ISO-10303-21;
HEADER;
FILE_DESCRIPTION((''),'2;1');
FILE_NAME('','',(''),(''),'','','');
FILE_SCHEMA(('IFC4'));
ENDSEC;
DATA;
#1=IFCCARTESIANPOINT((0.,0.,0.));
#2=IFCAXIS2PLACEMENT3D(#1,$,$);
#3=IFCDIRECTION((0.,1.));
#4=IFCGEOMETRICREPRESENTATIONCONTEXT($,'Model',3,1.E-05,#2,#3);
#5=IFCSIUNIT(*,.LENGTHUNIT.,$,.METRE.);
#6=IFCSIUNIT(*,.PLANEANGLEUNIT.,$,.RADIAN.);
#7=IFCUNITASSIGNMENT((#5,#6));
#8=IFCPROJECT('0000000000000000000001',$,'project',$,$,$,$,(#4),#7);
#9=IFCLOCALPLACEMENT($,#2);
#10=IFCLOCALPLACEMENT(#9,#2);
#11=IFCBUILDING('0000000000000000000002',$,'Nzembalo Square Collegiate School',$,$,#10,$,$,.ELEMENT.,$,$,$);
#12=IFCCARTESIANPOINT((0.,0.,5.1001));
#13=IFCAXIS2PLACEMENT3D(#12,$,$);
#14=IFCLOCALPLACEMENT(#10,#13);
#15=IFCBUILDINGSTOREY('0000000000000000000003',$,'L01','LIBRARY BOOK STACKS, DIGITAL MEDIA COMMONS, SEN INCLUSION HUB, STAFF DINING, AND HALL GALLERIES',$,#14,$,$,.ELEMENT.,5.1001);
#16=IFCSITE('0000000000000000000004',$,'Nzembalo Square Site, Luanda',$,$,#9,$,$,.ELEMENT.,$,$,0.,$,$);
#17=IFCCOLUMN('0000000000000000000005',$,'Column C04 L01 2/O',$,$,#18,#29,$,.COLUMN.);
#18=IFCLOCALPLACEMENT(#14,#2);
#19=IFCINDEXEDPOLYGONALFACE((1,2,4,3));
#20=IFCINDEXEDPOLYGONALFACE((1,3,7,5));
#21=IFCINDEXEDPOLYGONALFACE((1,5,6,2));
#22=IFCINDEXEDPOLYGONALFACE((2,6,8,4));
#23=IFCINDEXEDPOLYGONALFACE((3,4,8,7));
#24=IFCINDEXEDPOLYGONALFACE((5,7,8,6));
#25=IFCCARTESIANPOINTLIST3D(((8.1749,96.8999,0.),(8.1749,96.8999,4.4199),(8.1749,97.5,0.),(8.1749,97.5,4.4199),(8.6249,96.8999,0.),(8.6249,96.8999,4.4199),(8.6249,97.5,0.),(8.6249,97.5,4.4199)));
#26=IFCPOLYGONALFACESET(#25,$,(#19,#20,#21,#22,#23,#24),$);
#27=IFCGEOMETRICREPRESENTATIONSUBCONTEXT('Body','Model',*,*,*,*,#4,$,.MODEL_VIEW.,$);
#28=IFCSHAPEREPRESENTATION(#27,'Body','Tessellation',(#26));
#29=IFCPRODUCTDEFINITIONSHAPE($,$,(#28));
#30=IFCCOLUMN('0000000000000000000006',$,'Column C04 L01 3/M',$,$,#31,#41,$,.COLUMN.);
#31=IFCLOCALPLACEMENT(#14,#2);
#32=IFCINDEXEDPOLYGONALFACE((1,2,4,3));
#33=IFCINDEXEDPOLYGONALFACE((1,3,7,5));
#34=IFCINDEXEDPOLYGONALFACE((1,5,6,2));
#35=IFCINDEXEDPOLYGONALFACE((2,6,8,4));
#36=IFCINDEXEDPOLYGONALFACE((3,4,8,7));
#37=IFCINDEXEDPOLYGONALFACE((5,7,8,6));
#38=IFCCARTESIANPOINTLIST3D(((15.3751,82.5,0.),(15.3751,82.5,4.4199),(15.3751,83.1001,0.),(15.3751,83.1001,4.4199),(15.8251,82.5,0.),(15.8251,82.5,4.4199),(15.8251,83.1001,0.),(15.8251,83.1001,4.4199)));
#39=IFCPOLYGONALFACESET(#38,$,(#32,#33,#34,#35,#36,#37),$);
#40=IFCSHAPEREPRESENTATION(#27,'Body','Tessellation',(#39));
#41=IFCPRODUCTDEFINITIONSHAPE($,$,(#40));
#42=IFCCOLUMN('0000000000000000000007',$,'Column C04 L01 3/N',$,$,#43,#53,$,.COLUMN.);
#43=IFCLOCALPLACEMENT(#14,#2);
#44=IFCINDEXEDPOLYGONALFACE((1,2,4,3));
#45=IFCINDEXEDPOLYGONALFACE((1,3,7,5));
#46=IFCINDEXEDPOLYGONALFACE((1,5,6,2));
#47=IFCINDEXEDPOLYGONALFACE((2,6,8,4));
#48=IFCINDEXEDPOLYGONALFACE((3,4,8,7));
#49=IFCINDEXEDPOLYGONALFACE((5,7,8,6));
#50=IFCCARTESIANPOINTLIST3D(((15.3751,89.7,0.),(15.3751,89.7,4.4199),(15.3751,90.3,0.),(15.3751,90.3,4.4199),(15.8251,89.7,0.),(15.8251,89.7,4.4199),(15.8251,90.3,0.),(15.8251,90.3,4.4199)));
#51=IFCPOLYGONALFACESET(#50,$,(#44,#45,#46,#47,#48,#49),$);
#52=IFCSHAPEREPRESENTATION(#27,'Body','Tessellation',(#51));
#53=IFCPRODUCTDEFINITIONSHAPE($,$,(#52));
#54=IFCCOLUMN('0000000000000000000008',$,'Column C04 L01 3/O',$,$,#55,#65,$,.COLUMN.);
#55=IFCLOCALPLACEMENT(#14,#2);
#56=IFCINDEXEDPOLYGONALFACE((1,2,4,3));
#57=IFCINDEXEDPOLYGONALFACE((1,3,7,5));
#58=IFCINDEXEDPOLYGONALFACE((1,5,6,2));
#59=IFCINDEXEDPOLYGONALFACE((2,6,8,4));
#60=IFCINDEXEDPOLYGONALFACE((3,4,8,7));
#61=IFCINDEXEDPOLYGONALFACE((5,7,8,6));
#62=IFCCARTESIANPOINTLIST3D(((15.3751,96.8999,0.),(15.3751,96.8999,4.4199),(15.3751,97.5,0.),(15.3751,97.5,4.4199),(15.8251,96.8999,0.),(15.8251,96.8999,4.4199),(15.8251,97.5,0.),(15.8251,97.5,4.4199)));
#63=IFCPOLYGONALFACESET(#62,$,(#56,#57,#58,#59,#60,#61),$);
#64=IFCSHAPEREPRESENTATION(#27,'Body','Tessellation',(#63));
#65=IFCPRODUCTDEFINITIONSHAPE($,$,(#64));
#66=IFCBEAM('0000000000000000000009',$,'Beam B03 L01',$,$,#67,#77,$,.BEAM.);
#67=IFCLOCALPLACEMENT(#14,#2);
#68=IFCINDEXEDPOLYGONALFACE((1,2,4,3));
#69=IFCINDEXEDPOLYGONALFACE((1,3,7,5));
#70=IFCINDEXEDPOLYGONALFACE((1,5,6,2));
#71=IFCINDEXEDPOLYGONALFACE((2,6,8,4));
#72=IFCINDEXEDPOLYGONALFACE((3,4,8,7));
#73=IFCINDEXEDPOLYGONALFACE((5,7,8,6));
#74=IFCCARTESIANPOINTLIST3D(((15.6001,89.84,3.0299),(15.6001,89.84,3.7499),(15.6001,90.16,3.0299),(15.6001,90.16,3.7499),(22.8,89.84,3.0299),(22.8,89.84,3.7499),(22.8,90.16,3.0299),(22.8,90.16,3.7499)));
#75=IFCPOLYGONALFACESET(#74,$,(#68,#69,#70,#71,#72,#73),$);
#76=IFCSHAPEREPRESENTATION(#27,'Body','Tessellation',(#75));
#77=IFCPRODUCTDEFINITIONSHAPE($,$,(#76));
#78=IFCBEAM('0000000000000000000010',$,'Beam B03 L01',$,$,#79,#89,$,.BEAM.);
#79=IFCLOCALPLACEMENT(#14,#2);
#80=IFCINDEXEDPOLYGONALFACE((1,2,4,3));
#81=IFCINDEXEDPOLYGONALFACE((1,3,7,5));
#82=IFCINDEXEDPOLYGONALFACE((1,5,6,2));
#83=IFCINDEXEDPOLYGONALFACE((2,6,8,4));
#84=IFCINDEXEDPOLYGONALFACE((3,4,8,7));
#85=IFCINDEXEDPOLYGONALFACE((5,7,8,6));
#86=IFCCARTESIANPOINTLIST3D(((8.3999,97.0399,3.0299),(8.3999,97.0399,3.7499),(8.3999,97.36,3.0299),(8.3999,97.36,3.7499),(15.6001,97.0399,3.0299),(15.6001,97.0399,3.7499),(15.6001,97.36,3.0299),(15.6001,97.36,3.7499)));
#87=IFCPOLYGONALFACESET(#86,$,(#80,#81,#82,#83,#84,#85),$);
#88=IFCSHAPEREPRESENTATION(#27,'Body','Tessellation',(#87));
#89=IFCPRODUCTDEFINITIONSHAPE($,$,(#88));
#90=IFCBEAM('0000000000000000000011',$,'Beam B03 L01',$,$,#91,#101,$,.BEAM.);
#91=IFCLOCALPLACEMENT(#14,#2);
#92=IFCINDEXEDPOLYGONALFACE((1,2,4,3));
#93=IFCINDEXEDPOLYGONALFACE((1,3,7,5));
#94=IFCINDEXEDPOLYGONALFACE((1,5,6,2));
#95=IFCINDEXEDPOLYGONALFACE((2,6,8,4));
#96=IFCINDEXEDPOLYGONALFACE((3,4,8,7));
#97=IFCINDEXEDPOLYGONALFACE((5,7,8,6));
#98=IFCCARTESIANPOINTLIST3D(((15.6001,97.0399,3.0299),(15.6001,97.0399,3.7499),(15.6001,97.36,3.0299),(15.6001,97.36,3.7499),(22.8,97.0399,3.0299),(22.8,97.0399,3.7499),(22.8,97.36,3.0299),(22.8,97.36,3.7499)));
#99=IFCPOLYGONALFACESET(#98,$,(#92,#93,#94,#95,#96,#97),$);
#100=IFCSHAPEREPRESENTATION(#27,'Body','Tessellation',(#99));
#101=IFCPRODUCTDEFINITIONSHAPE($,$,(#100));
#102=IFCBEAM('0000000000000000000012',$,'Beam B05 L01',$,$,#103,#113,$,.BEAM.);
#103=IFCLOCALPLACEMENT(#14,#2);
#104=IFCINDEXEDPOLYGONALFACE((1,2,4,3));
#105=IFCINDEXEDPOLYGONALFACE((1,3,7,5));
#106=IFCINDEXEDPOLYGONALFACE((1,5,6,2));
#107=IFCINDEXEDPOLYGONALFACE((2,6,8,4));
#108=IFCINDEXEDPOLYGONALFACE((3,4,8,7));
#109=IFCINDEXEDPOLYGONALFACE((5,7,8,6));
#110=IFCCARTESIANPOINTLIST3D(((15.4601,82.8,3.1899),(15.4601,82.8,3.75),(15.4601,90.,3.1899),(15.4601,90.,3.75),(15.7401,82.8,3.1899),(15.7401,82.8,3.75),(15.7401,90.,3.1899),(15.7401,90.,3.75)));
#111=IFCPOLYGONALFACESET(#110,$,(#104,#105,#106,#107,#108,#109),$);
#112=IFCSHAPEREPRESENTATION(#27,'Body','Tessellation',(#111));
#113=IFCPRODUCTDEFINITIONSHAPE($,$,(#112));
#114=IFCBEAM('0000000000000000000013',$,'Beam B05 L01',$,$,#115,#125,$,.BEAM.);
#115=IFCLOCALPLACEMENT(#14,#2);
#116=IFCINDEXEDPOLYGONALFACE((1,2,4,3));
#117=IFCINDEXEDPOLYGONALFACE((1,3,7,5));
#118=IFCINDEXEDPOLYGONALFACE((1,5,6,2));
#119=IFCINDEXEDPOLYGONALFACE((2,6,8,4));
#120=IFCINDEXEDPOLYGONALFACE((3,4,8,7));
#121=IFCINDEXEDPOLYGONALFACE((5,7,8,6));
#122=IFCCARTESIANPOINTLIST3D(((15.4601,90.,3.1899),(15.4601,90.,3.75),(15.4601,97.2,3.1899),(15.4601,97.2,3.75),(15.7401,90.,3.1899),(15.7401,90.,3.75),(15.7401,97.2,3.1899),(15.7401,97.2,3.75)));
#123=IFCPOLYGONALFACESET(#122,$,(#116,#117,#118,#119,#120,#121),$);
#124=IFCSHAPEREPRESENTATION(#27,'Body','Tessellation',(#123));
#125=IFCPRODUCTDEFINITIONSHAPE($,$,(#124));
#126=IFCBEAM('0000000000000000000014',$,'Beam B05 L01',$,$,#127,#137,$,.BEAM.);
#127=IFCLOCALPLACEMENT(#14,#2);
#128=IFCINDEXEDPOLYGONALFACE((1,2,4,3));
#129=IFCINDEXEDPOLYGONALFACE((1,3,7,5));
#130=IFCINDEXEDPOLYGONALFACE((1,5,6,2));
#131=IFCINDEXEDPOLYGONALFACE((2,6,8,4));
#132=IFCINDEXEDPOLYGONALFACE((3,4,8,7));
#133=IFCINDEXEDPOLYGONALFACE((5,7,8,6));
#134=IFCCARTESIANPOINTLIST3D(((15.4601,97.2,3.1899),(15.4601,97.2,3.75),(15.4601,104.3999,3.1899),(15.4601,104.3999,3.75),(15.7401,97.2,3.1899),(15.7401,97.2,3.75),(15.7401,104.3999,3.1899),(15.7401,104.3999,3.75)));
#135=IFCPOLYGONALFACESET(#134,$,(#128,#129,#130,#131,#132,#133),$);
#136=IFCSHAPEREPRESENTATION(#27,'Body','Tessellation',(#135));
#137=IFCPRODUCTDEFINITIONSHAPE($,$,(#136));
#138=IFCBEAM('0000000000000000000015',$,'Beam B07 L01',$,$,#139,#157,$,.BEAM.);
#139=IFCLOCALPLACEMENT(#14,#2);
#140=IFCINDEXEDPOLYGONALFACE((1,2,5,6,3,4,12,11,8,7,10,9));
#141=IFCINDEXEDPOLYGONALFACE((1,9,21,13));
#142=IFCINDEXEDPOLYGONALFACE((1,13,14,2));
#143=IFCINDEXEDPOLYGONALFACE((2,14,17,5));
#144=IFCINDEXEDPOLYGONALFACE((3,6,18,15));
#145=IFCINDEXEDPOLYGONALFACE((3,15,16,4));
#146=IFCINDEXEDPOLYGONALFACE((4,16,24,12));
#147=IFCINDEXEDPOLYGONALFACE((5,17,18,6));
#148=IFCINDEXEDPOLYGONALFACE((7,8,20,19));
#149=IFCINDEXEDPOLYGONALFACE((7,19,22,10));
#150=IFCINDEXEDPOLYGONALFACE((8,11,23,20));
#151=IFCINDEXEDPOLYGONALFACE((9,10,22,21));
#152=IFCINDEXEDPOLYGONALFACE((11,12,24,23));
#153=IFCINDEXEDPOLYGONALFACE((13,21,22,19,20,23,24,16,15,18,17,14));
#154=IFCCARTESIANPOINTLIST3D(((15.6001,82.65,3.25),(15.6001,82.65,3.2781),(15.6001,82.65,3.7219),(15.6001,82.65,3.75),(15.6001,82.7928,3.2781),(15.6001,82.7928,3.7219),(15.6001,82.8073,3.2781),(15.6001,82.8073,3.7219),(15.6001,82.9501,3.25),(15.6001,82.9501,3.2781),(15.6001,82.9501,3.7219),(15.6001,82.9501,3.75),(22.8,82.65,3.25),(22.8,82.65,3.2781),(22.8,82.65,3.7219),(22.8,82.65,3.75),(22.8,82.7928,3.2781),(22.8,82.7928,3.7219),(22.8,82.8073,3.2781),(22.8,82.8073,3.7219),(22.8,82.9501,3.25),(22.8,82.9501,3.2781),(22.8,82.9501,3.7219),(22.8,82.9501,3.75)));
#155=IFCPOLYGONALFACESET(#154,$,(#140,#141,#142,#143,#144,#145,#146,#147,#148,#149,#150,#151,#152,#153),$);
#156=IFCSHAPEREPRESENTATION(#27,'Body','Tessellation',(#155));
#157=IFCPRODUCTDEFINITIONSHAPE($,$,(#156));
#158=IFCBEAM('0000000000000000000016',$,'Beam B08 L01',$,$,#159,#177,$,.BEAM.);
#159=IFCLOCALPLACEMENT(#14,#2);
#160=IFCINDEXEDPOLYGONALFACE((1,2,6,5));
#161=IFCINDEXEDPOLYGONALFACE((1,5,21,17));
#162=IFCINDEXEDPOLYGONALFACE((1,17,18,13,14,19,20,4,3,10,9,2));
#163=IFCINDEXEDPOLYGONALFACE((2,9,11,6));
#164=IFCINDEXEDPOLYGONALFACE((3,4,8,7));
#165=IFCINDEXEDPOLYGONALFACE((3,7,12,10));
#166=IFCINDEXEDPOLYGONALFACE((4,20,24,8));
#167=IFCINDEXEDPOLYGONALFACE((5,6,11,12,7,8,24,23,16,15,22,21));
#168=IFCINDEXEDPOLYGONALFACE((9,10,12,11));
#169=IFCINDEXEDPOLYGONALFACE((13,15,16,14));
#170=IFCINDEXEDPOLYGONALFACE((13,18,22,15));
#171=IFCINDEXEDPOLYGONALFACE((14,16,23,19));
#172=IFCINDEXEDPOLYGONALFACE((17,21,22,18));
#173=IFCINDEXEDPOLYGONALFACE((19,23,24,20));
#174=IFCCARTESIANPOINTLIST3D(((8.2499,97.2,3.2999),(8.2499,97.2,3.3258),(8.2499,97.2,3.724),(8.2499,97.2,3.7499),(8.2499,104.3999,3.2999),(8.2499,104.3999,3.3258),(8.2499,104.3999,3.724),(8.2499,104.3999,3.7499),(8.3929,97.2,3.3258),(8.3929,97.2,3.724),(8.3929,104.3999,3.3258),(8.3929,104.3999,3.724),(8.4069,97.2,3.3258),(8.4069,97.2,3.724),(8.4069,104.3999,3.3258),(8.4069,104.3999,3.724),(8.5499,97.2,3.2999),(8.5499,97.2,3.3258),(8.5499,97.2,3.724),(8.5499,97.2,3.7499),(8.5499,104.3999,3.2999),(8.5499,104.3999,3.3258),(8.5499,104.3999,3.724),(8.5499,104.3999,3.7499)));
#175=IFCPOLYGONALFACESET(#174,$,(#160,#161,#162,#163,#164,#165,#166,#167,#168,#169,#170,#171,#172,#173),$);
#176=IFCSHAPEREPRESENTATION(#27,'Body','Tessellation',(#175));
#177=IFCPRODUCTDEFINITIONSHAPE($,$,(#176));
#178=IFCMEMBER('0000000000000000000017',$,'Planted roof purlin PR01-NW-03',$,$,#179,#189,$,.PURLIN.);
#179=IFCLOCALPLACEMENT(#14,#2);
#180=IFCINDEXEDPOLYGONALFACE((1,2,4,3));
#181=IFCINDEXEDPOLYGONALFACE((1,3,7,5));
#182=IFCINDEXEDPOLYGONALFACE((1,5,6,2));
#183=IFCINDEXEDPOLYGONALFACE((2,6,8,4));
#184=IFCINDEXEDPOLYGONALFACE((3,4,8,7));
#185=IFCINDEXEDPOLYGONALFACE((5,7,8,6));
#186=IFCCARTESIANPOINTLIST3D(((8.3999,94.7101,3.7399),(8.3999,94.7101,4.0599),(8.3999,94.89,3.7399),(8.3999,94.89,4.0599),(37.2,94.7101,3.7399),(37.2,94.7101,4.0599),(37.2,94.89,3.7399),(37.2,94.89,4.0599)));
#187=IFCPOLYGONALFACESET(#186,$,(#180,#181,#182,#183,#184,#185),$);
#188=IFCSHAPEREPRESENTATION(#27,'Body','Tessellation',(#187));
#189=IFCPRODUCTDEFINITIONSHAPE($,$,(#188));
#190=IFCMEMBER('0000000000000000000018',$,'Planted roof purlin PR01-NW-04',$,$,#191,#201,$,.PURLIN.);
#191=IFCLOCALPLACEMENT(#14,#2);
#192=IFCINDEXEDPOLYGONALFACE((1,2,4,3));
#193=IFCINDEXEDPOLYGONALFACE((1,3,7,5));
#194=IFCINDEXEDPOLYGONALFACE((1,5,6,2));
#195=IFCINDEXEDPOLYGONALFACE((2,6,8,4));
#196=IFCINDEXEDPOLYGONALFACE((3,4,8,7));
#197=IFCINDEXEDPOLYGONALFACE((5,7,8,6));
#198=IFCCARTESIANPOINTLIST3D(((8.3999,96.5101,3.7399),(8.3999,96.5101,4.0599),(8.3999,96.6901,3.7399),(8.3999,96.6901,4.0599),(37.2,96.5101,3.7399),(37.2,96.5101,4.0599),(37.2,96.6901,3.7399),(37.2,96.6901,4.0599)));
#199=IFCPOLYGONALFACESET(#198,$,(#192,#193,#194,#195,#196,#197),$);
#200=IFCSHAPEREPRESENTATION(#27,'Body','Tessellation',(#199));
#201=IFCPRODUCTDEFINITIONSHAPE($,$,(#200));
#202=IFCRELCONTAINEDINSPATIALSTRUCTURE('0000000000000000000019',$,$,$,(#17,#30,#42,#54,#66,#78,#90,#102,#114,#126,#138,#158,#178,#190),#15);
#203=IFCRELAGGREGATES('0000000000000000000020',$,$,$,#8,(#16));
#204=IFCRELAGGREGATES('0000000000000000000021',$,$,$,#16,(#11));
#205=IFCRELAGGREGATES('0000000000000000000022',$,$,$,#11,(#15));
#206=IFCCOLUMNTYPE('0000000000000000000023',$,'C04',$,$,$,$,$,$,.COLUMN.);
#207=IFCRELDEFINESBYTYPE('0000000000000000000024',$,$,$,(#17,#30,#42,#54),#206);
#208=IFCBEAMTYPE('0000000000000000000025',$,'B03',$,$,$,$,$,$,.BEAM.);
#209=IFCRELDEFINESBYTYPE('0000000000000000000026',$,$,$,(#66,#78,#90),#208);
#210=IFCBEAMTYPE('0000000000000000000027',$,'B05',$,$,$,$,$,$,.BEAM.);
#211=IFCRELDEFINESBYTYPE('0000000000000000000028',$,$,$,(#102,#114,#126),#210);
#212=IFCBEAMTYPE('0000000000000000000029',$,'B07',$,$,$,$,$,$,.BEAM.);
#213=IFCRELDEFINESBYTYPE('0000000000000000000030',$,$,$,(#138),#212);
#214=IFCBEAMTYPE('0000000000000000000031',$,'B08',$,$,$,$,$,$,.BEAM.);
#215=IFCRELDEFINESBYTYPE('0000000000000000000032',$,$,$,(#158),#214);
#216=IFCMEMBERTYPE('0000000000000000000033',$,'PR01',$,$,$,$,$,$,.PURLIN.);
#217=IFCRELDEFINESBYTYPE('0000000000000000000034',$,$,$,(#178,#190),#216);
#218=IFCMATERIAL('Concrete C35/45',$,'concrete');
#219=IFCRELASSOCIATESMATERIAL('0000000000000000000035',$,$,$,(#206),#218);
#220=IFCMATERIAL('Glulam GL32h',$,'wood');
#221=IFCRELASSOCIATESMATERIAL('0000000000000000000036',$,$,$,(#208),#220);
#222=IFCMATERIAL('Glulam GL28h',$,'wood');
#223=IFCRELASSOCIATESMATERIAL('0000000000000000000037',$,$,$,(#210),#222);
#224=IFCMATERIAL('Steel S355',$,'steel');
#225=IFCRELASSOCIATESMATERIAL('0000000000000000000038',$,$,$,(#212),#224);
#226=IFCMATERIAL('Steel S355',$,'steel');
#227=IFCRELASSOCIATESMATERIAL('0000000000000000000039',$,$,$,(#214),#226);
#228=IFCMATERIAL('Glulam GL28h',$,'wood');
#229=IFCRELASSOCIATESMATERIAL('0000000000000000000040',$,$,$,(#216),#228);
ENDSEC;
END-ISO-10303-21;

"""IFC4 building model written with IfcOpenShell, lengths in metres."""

from ifc_helpers import new_model, si_unit, direction, frame, origin, origin_2d, place, context, subcontext, project, spatial, rectangle, i_section, extrude, material, material_profile, profile_set, type_object, element, save


model = new_model("IFC4")

# Units and contexts
model_context = context("Model", 3, precision=1e-05, world=origin(), true_north=direction((0.0, 1.0)))
body_context = subcontext(model_context, "Body", "Model", "MODEL_VIEW")
ifc_project = project(units=[si_unit("LENGTHUNIT", "METRE"), si_unit("PLANEANGLEUNIT", "RADIAN")], contexts=[model_context])

# Site, building, storey
site_placement = place(None, origin())
site = spatial("IfcSite", under=ifc_project, at=site_placement, Name="Nzembalo Square Site, Luanda", CompositionType="ELEMENT", RefElevation=0.0)
building_placement = place(site_placement, origin())
building = spatial("IfcBuilding", under=site, at=building_placement, Name="Nzembalo Square Collegiate School", CompositionType="ELEMENT")
storey_placement = place(building_placement, frame((0.0, 0.0, 5.1001)))
storey = spatial("IfcBuildingStorey", under=building, at=storey_placement, Name="L01", Description="LIBRARY BOOK STACKS, DIGITAL MEDIA COMMONS, SEN INCLUSION HUB, STAFF DINING, AND HALL GALLERIES", CompositionType="ELEMENT", Elevation=5.1001)

# Columns
ifc_material_1 = material(Name="Concrete C35/45", Category="concrete")
ifc_material_profile_1 = material_profile(ifc_material_1, rectangle(XDim=0.45, YDim=0.6001, at=origin_2d()), Name="RC 450x600")
ifc_profile_set_1 = profile_set([ifc_material_profile_1], Name="Concrete C35/45")
column_type = type_object("IfcColumnType", Name="C04", PredefinedType="COLUMN", material=ifc_profile_set_1)
for number, where, z_axis, x_axis, name in (
    (1, (8.3999, 97.2, 0.0), (0.0, 0.0, 1.0), (1.0, 0.0, 0.0), "Column C04 L01 2/O"),
    (2, (15.6001, 82.8, 0.0), (0.0, 0.0, 1.0), (1.0, 0.0, 0.0), "Column C04 L01 3/M"),
    (3, (15.6001, 90.0, 0.0), (0.0, 0.0, 1.0), (1.0, 0.0, 0.0), "Column C04 L01 3/N"),
    (4, (15.6001, 97.2, 0.0), (0.0, 0.0, 1.0), (1.0, 0.0, 0.0), "Column C04 L01 3/O"),
):
    element("IfcColumn", number, at=place(storey_placement, frame(where, z_axis=z_axis, x_axis=x_axis)), inside=storey, type_object=column_type, Name=name, PredefinedType="COLUMN", context=body_context, shape_type="SweptSolid", body=[
        extrude(rectangle(XDim=0.45, YDim=0.6001, at=origin_2d()), origin(), (0.0, 0.0, 1.0), 4.4199),
    ])

# Beams
ifc_material_2 = material(Name="Glulam GL32h", Category="wood")
ifc_material_profile_2 = material_profile(ifc_material_2, rectangle(XDim=0.3201, YDim=0.72, at=origin_2d()), Name="GL32h 320x720")
ifc_profile_set_2 = profile_set([ifc_material_profile_2], Name="Glulam GL32h")
beam_type_1 = type_object("IfcBeamType", Name="B03", PredefinedType="BEAM", material=ifc_profile_set_2)
beam_1_placement = place(storey_placement, frame((15.6001, 90.0, 3.3899), z_axis=(1.0, 0.0, 0.0), x_axis=(0.0, 1.0, 0.0)))
element("IfcBeam", 5, at=beam_1_placement, inside=storey, type_object=beam_type_1, Name="Beam B03 L01", PredefinedType="BEAM", context=body_context, shape_type="SweptSolid", body=[
    extrude(rectangle(XDim=0.3201, YDim=0.72, at=origin_2d()), origin(), (0.0, 0.0, 1.0), 7.2),
])
beam_2_placement = place(storey_placement, frame((8.3999, 97.2, 3.3899), z_axis=(1.0, 0.0, 0.0), x_axis=(0.0, 1.0, 0.0)))
element("IfcBeam", 6, at=beam_2_placement, inside=storey, type_object=beam_type_1, Name="Beam B03 L01", PredefinedType="BEAM", context=body_context, shape_type="SweptSolid", body=[
    extrude(rectangle(XDim=0.3201, YDim=0.72, at=origin_2d()), origin(), (0.0, 0.0, 1.0), 7.2002),
])
beam_3_placement = place(storey_placement, frame((15.6001, 97.2, 3.3899), z_axis=(1.0, 0.0, 0.0), x_axis=(0.0, 1.0, 0.0)))
element("IfcBeam", 7, at=beam_3_placement, inside=storey, type_object=beam_type_1, Name="Beam B03 L01", PredefinedType="BEAM", context=body_context, shape_type="SweptSolid", body=[
    extrude(rectangle(XDim=0.3201, YDim=0.72, at=origin_2d()), origin(), (0.0, 0.0, 1.0), 7.2),
])
ifc_material_3 = material(Name="Glulam GL28h", Category="wood")
ifc_material_profile_3 = material_profile(ifc_material_3, rectangle(XDim=0.28, YDim=0.5601, at=origin_2d()), Name="GL28h 280x560")
ifc_profile_set_3 = profile_set([ifc_material_profile_3], Name="Glulam GL28h")
beam_type_2 = type_object("IfcBeamType", Name="B05", PredefinedType="BEAM", material=ifc_profile_set_3)
for number, where, z_axis, x_axis, name in (
    (8, (15.6001, 82.8, 3.47), (0.0, 1.0, 0.0), (-1.0, 0.0, 0.0), "Beam B05 L01"),
    (9, (15.6001, 90.0, 3.47), (0.0, 1.0, 0.0), (-1.0, 0.0, 0.0), "Beam B05 L01"),
    (10, (15.6001, 97.2, 3.47), (0.0, 1.0, 0.0), (-1.0, 0.0, 0.0), "Beam B05 L01"),
):
    element("IfcBeam", number, at=place(storey_placement, frame(where, z_axis=z_axis, x_axis=x_axis)), inside=storey, type_object=beam_type_2, Name=name, PredefinedType="BEAM", context=body_context, shape_type="SweptSolid", body=[
        extrude(rectangle(XDim=0.28, YDim=0.5601, at=origin_2d()), origin(), (0.0, 0.0, 1.0), 7.2),
    ])
ifc_material_4 = material(Name="Steel S355", Category="steel")
ifc_material_profile_4 = material_profile(ifc_material_4, i_section(OverallWidth=0.3, OverallDepth=0.5, WebThickness=0.0144, FlangeThickness=0.0281, at=origin_2d()), Name="HEB 500")
ifc_profile_set_4 = profile_set([ifc_material_profile_4], Name="Steel S355")
beam_type_3 = type_object("IfcBeamType", Name="B07", PredefinedType="BEAM", material=ifc_profile_set_4)
beam_4_placement = place(storey_placement, frame((15.6001, 82.8, 3.5), z_axis=(1.0, 0.0, 0.0), x_axis=(0.0, 1.0, 0.0)))
element("IfcBeam", 11, at=beam_4_placement, inside=storey, type_object=beam_type_3, Name="Beam B07 L01", PredefinedType="BEAM", context=body_context, shape_type="SweptSolid", body=[
    extrude(i_section(OverallWidth=0.3, OverallDepth=0.5, WebThickness=0.0144, FlangeThickness=0.0281, at=origin_2d()), origin(), (0.0, 0.0, 1.0), 7.2),
])
ifc_material_5 = material(Name="Steel S355", Category="steel")
ifc_material_profile_5 = material_profile(ifc_material_5, i_section(OverallWidth=0.3, OverallDepth=0.45, WebThickness=0.0139, FlangeThickness=0.0259, at=origin_2d()), Name="HEB 450")
ifc_profile_set_5 = profile_set([ifc_material_profile_5], Name="Steel S355")
beam_type_4 = type_object("IfcBeamType", Name="B08", PredefinedType="BEAM", material=ifc_profile_set_5)
beam_5_placement = place(storey_placement, frame((8.3999, 97.2, 3.5249), z_axis=(0.0, 1.0, 0.0), x_axis=(-1.0, 0.0, 0.0)))
element("IfcBeam", 12, at=beam_5_placement, inside=storey, type_object=beam_type_4, Name="Beam B08 L01", PredefinedType="BEAM", context=body_context, shape_type="SweptSolid", body=[
    extrude(i_section(OverallWidth=0.3, OverallDepth=0.45, WebThickness=0.0139, FlangeThickness=0.0259, at=origin_2d()), origin(), (0.0, 0.0, 1.0), 7.2),
])

# Members
ifc_material_6 = material(Name="Glulam GL28h", Category="wood")
ifc_material_profile_6 = material_profile(ifc_material_6, rectangle(XDim=0.1799, YDim=0.3201, at=origin_2d()), Name="GL28h 180x320")
ifc_profile_set_6 = profile_set([ifc_material_profile_6], Name="Glulam GL28h")
member_type = type_object("IfcMemberType", Name="PR01", PredefinedType="PURLIN", material=ifc_profile_set_6)
for number, where, z_axis, x_axis, name in (
    (13, (8.3999, 94.8, 3.8999), (1.0, 0.0, 0.0), (0.0, 1.0, 0.0), "Planted roof purlin PR01-NW-03"),
    (14, (8.3999, 96.6001, 3.8999), (1.0, 0.0, 0.0), (0.0, 1.0, 0.0), "Planted roof purlin PR01-NW-04"),
):
    element("IfcMember", number, at=place(storey_placement, frame(where, z_axis=z_axis, x_axis=x_axis)), inside=storey, type_object=member_type, Name=name, PredefinedType="PURLIN", context=body_context, shape_type="SweptSolid", body=[
        extrude(rectangle(XDim=0.1799, YDim=0.3201, at=origin_2d()), origin(), (0.0, 0.0, 1.0), 28.8),
    ])

save(model, "model.ifc")
